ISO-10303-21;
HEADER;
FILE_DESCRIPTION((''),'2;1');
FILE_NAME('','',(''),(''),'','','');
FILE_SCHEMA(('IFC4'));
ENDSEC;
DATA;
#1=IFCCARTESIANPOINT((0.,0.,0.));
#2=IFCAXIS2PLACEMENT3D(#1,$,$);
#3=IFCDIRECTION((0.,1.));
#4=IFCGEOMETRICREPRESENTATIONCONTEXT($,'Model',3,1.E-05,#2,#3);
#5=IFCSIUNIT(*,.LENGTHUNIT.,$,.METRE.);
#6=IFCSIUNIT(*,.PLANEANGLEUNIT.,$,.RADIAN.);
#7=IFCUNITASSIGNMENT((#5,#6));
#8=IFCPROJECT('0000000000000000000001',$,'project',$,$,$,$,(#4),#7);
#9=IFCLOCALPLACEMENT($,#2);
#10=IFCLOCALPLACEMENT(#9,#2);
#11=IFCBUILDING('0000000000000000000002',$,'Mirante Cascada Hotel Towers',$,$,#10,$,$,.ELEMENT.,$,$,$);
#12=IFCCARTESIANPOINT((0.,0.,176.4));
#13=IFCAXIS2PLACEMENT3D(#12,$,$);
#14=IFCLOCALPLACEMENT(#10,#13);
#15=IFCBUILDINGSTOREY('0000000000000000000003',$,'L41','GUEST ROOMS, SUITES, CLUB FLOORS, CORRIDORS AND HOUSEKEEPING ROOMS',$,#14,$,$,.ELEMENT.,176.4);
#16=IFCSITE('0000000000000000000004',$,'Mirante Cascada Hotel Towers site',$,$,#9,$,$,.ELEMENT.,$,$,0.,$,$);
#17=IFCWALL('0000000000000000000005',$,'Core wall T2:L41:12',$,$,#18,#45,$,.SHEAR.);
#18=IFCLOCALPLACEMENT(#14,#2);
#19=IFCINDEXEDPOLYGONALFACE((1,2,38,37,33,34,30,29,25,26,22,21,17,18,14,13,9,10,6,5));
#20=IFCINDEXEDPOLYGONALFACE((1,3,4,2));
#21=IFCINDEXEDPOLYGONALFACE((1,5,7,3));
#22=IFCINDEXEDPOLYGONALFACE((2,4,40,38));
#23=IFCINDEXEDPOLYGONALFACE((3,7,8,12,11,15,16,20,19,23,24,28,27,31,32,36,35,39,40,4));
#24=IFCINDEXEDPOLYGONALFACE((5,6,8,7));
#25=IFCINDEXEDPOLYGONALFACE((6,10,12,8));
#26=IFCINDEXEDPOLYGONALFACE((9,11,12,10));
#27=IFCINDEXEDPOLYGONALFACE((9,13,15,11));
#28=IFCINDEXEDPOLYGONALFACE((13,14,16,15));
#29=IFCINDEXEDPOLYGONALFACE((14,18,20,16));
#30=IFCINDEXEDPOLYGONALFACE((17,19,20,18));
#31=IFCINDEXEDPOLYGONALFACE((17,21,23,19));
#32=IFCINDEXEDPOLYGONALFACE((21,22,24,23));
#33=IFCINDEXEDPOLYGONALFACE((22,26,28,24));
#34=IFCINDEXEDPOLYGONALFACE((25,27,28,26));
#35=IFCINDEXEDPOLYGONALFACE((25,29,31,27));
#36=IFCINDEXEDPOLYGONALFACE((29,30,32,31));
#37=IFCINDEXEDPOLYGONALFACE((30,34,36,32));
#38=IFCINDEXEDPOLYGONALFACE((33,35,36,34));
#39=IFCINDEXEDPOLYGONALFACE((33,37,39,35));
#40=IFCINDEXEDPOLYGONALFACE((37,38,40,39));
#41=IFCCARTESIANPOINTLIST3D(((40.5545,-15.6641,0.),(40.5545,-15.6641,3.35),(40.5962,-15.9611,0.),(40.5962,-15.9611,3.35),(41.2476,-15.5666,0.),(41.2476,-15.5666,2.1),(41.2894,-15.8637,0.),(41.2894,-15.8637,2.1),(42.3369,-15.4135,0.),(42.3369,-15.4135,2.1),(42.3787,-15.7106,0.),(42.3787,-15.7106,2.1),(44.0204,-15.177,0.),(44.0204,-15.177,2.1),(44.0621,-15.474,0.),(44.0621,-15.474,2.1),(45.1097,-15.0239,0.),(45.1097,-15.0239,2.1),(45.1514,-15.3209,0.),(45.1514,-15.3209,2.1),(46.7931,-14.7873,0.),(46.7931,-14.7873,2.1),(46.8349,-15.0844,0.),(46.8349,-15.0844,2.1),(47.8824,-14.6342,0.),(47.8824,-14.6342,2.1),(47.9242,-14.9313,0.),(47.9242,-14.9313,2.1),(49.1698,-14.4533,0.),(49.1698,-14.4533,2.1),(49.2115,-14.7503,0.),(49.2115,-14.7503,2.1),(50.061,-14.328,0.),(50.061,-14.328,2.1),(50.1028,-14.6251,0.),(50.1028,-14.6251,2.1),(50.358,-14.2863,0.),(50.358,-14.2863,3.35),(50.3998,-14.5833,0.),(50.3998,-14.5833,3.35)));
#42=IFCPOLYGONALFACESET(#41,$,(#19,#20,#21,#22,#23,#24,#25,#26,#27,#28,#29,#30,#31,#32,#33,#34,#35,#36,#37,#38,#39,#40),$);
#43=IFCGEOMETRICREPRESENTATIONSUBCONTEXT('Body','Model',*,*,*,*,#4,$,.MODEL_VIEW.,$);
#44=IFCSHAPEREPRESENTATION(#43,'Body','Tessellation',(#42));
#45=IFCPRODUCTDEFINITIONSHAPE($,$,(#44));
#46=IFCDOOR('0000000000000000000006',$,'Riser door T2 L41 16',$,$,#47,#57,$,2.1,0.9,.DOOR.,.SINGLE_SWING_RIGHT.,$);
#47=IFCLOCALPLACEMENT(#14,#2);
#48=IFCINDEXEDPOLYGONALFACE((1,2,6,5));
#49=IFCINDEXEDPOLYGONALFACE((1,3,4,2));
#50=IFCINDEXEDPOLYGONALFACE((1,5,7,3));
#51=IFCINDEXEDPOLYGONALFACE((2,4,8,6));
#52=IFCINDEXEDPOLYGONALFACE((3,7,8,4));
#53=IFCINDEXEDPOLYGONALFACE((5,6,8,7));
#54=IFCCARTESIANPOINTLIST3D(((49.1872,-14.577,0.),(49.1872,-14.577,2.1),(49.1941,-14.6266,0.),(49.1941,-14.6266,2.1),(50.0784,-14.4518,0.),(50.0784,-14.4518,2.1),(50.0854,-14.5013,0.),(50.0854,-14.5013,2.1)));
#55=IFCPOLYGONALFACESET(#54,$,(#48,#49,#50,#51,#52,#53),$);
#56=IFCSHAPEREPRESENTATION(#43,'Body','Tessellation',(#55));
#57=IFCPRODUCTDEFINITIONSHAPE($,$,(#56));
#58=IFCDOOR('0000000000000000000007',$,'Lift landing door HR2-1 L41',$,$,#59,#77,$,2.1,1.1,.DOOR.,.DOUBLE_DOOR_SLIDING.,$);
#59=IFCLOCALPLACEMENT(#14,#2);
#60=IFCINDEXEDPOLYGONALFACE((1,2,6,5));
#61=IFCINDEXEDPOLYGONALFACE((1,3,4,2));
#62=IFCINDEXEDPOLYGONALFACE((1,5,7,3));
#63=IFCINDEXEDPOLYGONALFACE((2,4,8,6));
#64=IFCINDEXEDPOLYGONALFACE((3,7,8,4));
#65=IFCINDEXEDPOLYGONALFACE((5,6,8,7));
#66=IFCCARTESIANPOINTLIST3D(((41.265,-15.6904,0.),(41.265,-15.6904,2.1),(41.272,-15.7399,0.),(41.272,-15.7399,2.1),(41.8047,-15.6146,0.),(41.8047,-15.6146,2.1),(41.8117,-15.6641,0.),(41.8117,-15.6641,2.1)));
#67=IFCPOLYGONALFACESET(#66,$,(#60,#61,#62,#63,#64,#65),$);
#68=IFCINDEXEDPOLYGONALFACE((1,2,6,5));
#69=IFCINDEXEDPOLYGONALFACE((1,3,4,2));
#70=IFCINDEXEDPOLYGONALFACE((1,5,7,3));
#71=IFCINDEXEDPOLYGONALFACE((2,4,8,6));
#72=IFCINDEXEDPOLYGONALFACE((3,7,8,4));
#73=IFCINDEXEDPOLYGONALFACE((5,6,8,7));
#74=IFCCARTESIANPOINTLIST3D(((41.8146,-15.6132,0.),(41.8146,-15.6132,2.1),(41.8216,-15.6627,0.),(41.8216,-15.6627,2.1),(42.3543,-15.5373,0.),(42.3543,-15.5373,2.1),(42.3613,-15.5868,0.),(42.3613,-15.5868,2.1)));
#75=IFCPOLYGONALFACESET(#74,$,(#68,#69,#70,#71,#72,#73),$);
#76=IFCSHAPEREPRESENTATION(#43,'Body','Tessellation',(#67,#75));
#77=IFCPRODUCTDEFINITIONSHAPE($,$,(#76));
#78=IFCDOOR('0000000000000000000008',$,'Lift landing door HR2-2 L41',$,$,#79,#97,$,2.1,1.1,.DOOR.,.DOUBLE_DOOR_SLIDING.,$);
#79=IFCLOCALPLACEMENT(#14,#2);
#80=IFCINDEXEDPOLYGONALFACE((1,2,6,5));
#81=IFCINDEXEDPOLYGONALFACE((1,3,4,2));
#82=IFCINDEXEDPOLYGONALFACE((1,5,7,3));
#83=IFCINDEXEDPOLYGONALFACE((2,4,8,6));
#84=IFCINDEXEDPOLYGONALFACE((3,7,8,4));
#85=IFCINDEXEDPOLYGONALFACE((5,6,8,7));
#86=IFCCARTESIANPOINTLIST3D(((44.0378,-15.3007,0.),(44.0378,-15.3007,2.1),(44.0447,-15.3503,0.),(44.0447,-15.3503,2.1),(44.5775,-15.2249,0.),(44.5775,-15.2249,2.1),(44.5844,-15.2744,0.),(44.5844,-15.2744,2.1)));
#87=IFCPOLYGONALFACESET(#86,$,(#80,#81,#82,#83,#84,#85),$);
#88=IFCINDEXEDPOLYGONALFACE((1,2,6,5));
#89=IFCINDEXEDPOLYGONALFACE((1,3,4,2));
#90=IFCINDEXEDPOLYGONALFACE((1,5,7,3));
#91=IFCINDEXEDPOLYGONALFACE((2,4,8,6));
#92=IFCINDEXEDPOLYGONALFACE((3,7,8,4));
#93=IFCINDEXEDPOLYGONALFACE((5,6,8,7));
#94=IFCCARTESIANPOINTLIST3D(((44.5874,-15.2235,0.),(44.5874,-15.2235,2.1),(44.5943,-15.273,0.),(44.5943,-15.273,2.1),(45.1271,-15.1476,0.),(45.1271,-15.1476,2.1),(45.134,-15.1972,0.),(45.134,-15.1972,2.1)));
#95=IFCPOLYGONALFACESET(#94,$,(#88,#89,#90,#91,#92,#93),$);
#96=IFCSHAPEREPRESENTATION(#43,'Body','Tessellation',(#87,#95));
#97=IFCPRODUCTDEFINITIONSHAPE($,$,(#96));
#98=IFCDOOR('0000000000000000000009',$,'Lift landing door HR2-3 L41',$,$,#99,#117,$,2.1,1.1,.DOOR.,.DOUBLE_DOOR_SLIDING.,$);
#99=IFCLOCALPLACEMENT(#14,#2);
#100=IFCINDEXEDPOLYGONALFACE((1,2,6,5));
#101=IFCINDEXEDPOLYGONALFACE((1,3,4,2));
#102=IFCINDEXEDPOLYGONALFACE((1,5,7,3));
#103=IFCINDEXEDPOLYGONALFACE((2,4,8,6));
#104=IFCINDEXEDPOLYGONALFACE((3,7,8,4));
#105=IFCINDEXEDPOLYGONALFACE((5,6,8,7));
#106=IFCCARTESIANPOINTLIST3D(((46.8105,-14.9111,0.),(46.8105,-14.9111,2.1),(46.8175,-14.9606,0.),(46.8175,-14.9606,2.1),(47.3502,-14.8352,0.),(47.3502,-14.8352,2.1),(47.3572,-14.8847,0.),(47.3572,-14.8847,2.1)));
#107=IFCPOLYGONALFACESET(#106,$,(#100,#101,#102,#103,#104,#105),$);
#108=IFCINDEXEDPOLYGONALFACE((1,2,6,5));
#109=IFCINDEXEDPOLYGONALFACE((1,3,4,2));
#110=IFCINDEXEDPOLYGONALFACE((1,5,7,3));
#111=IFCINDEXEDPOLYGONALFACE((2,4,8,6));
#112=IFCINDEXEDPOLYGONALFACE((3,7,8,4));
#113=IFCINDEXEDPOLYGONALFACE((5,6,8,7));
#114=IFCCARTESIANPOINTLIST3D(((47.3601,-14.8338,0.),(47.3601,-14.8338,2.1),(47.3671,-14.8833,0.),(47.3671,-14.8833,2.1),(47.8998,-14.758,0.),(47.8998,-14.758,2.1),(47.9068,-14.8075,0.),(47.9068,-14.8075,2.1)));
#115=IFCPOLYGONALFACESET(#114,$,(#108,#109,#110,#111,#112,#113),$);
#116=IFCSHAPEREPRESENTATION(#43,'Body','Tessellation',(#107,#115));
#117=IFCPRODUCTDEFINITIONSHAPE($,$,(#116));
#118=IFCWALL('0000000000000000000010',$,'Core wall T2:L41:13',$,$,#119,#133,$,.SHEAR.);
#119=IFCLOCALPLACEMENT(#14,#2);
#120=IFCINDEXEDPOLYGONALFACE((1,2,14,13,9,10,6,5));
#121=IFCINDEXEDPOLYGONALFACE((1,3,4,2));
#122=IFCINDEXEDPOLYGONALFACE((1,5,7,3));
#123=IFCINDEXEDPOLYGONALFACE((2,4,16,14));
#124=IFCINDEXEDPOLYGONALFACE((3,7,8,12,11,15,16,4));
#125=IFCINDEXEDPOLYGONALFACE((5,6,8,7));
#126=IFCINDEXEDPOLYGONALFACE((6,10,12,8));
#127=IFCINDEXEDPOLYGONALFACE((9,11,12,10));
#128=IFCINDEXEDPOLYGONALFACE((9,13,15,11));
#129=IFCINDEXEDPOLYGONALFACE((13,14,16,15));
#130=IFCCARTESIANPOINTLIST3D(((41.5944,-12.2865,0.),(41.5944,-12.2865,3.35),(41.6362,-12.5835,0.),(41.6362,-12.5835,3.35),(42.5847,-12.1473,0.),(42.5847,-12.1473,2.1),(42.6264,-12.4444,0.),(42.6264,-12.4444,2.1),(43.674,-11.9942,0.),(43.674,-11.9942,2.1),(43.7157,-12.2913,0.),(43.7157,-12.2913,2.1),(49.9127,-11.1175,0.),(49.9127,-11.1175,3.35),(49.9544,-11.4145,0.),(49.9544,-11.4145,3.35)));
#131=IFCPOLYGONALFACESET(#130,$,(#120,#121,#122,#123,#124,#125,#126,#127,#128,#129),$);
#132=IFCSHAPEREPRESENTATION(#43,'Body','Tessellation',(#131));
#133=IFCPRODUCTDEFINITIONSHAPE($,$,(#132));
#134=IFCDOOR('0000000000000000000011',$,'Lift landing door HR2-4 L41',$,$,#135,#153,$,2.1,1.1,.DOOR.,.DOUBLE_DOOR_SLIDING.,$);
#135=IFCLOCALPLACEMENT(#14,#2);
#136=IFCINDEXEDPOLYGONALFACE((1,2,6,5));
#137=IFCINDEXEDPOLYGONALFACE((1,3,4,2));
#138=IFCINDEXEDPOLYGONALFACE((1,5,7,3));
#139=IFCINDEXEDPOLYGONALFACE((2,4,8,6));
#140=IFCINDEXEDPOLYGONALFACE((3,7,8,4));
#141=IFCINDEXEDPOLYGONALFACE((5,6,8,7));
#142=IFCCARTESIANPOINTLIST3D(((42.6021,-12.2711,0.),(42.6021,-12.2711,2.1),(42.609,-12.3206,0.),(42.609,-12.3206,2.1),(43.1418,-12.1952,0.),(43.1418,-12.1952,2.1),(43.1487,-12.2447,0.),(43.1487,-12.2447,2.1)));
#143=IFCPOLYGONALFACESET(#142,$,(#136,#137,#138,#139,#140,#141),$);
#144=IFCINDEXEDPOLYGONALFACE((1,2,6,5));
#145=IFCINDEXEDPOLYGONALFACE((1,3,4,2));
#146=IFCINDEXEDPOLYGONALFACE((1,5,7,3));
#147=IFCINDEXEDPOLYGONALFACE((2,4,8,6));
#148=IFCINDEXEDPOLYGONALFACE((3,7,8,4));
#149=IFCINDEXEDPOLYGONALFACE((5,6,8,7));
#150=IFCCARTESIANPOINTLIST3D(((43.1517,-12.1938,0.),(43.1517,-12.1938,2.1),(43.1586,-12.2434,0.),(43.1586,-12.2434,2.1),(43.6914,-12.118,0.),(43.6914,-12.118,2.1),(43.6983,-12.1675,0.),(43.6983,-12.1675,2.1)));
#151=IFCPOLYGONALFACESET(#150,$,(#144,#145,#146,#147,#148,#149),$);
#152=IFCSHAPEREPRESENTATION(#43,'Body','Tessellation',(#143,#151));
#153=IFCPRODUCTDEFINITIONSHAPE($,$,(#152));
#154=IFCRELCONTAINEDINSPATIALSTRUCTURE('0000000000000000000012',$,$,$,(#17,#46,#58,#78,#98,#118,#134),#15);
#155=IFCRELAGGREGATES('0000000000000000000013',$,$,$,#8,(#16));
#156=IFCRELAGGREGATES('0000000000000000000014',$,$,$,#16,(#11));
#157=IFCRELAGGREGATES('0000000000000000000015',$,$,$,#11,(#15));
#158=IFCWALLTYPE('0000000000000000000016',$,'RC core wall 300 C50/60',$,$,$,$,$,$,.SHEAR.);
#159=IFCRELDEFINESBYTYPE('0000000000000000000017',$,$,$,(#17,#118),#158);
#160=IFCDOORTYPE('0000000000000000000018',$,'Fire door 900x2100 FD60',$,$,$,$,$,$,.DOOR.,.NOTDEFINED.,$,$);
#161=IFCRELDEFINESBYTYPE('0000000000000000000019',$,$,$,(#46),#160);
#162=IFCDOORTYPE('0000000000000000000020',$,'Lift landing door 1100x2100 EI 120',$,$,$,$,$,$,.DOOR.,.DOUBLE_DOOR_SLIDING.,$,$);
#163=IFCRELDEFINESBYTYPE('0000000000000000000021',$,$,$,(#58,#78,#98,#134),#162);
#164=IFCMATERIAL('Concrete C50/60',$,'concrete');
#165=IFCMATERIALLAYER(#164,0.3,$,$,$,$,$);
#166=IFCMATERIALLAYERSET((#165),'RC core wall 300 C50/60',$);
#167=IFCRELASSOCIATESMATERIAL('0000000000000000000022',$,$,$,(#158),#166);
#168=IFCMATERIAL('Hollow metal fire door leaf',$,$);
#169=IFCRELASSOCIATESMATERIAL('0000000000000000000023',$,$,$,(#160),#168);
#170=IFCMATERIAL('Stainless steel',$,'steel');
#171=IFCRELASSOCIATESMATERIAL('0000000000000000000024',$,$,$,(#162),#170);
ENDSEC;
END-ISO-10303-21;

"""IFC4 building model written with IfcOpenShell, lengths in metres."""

from ifc_helpers import new_model, si_unit, direction, frame, frame_2d, origin, place, context, subcontext, project, spatial, rectangle, extrude, material, layer, layer_set, type_object, element, fill, save


model = new_model("IFC4")

# Units and contexts
model_context = context("Model", 3, precision=1e-05, world=origin(), true_north=direction((0.0, 1.0)))
body_context = subcontext(model_context, "Body", "Model", "MODEL_VIEW")
ifc_project = project(units=[si_unit("LENGTHUNIT", "METRE"), si_unit("PLANEANGLEUNIT", "RADIAN")], contexts=[model_context])

# Site, building, storey
site_placement = place(None, origin())
site = spatial("IfcSite", under=ifc_project, at=site_placement, Name="Mirante Cascada Hotel Towers site", CompositionType="ELEMENT", RefElevation=0.0)
building_placement = place(site_placement, origin())
building = spatial("IfcBuilding", under=site, at=building_placement, Name="Mirante Cascada Hotel Towers", CompositionType="ELEMENT")
storey_placement = place(building_placement, frame((0.0, 0.0, 176.4)))
storey = spatial("IfcBuildingStorey", under=building, at=storey_placement, Name="L41", Description="GUEST ROOMS, SUITES, CLUB FLOORS, CORRIDORS AND HOUSEKEEPING ROOMS", CompositionType="ELEMENT", Elevation=176.4)

# Shared definitions
ifc_material_1 = material(Name="Concrete C50/60", Category="concrete")
ifc_layer_1 = layer(ifc_material_1, 0.3)
ifc_layer_set_1 = layer_set([ifc_layer_1], Name="RC core wall 300 C50/60")
wall_type_1 = type_object("IfcWallType", Name="RC core wall 300 C50/60", PredefinedType="SHEAR", material=ifc_layer_set_1)

# Wall, openings, doors
wall_1_placement = place(storey_placement, frame((40.5753, -15.8126, 0.0), z_axis=(0.0, 0.0, 1.0), x_axis=(0.990268, 0.139173, 0.0)))
wall_1 = element("IfcWall", 1, at=wall_1_placement, inside=storey, type_object=wall_type_1, Name="Core wall T2:L41:12", PredefinedType="SHEAR", context=body_context, shape_type="SweptSolid", body=[
    extrude(rectangle(XDim=9.8999, YDim=0.3, at=frame_2d((4.95, 0.0))), origin(), (0.0, 0.0, 1.0), 3.35),
])
opening_1_placement = place(wall_1_placement, frame((0.7, 0.0, 0.0)))
opening_1 = element("IfcOpeningElement", 2, at=opening_1_placement, cuts=wall_1, PredefinedType="OPENING", context=body_context, shape_type="SweptSolid", body=[
    extrude(rectangle(XDim=1.1, YDim=2.1, at=frame_2d((0.55, 1.05))), frame((0.0, 0.15, 0.0), z_axis=(0.0, -1.0, 0.0), x_axis=(1.0, 0.0, 0.0)), (0.0, 0.0, 1.0), 0.3),
])
opening_2_placement = place(wall_1_placement, frame((3.5, 0.0, 0.0)))
opening_2 = element("IfcOpeningElement", 3, at=opening_2_placement, cuts=wall_1, PredefinedType="OPENING", context=body_context, shape_type="SweptSolid", body=[
    extrude(rectangle(XDim=1.1, YDim=2.1, at=frame_2d((0.55, 1.05))), frame((0.0, 0.15, 0.0), z_axis=(0.0, -1.0, 0.0), x_axis=(1.0, 0.0, 0.0)), (0.0, 0.0, 1.0), 0.3),
])
opening_3_placement = place(wall_1_placement, frame((6.3, 0.0, 0.0)))
opening_3 = element("IfcOpeningElement", 4, at=opening_3_placement, cuts=wall_1, PredefinedType="OPENING", context=body_context, shape_type="SweptSolid", body=[
    extrude(rectangle(XDim=1.1, YDim=2.1, at=frame_2d((0.55, 1.05))), frame((0.0, 0.15, 0.0), z_axis=(0.0, -1.0, 0.0), x_axis=(1.0, 0.0, 0.0)), (0.0, 0.0, 1.0), 0.3),
])
opening_4_placement = place(wall_1_placement, frame((8.7, 0.0, 0.0)))
opening_4 = element("IfcOpeningElement", 5, at=opening_4_placement, cuts=wall_1, PredefinedType="OPENING", context=body_context, shape_type="SweptSolid", body=[
    extrude(rectangle(XDim=0.9, YDim=2.1, at=frame_2d((0.45, 1.05))), frame((0.0, 0.15, 0.0), z_axis=(0.0, -1.0, 0.0), x_axis=(1.0, 0.0, 0.0)), (0.0, 0.0, 1.0), 0.3),
])
ifc_material_2 = material(Name="Hollow metal fire door leaf")
door_type_1 = type_object("IfcDoorType", Name="Fire door 900x2100 FD60", OperationType="NOTDEFINED", PredefinedType="DOOR", material=ifc_material_2)
door_1_placement = place(opening_4_placement, frame((0.9, 0.0, 0.0), z_axis=(0.0, 0.0, 1.0), x_axis=(-1.0, 0.0, 0.0)))
door_1 = element("IfcDoor", 6, at=door_1_placement, inside=storey, type_object=door_type_1, Name="Riser door T2 L41 16", OperationType="SINGLE_SWING_RIGHT", OverallHeight=2.1, OverallWidth=0.9, PredefinedType="DOOR", context=body_context, shape_type="SweptSolid", body=[
    extrude(rectangle(XDim=0.9, YDim=2.1, at=frame_2d((0.45, 1.05))), frame((0.0, 0.025, 0.0), z_axis=(0.0, -1.0, 0.0), x_axis=(1.0, 0.0, 0.0)), (0.0, 0.0, 1.0), 0.05),
])
fill(opening_4, door_1)
ifc_material_3 = material(Name="Stainless steel", Category="steel")
door_type_2 = type_object("IfcDoorType", Name="Lift landing door 1100x2100 EI 120", OperationType="DOUBLE_DOOR_SLIDING", PredefinedType="DOOR", material=ifc_material_3)
door_2_placement = place(opening_1_placement, origin())
door_2 = element("IfcDoor", 7, at=door_2_placement, inside=storey, type_object=door_type_2, Name="Lift landing door HR2-1 L41", OperationType="DOUBLE_DOOR_SLIDING", OverallHeight=2.1, OverallWidth=1.1, PredefinedType="DOOR", context=body_context, shape_type="SweptSolid", body=[
    extrude(rectangle(XDim=0.545, YDim=2.1, at=frame_2d((0.2725, 1.05))), frame((0.0, 0.025, 0.0), z_axis=(0.0, -1.0, 0.0), x_axis=(1.0, 0.0, 0.0)), (0.0, 0.0, 1.0), 0.05),
    extrude(rectangle(XDim=0.545, YDim=2.1, at=frame_2d((0.8275, 1.05))), frame((0.0, 0.025, 0.0), z_axis=(0.0, -1.0, 0.0), x_axis=(1.0, 0.0, 0.0)), (0.0, 0.0, 1.0), 0.05),
])
fill(opening_1, door_2)
door_3_placement = place(opening_2_placement, origin())
door_3 = element("IfcDoor", 8, at=door_3_placement, inside=storey, type_object=door_type_2, Name="Lift landing door HR2-2 L41", OperationType="DOUBLE_DOOR_SLIDING", OverallHeight=2.1, OverallWidth=1.1, PredefinedType="DOOR", context=body_context, shape_type="SweptSolid", body=[
    extrude(rectangle(XDim=0.545, YDim=2.1, at=frame_2d((0.2725, 1.05))), frame((0.0, 0.025, 0.0), z_axis=(0.0, -1.0, 0.0), x_axis=(1.0, 0.0, 0.0)), (0.0, 0.0, 1.0), 0.05),
    extrude(rectangle(XDim=0.545, YDim=2.1, at=frame_2d((0.8275, 1.05))), frame((0.0, 0.025, 0.0), z_axis=(0.0, -1.0, 0.0), x_axis=(1.0, 0.0, 0.0)), (0.0, 0.0, 1.0), 0.05),
])
fill(opening_2, door_3)
door_4_placement = place(opening_3_placement, origin())
door_4 = element("IfcDoor", 9, at=door_4_placement, inside=storey, type_object=door_type_2, Name="Lift landing door HR2-3 L41", OperationType="DOUBLE_DOOR_SLIDING", OverallHeight=2.1, OverallWidth=1.1, PredefinedType="DOOR", context=body_context, shape_type="SweptSolid", body=[
    extrude(rectangle(XDim=0.545, YDim=2.1, at=frame_2d((0.2725, 1.05))), frame((0.0, 0.025, 0.0), z_axis=(0.0, -1.0, 0.0), x_axis=(1.0, 0.0, 0.0)), (0.0, 0.0, 1.0), 0.05),
    extrude(rectangle(XDim=0.545, YDim=2.1, at=frame_2d((0.8275, 1.05))), frame((0.0, 0.025, 0.0), z_axis=(0.0, -1.0, 0.0), x_axis=(1.0, 0.0, 0.0)), (0.0, 0.0, 1.0), 0.05),
])
fill(opening_3, door_4)

# Wall, opening, door
wall_2_placement = place(storey_placement, frame((41.6153, -12.435, 0.0), z_axis=(0.0, 0.0, 1.0), x_axis=(0.990269, 0.139166, 0.0)))
wall_2 = element("IfcWall", 10, at=wall_2_placement, inside=storey, type_object=wall_type_1, Name="Core wall T2:L41:13", PredefinedType="SHEAR", context=body_context, shape_type="SweptSolid", body=[
    extrude(rectangle(XDim=8.4, YDim=0.3, at=frame_2d((4.2, 0.0))), origin(), (0.0, 0.0, 1.0), 3.35),
])
opening_5_placement = place(wall_2_placement, frame((1.0, 0.0, 0.0)))
opening_5 = element("IfcOpeningElement", 11, at=opening_5_placement, cuts=wall_2, PredefinedType="OPENING", context=body_context, shape_type="SweptSolid", body=[
    extrude(rectangle(XDim=1.1, YDim=2.1, at=frame_2d((0.55, 1.05))), frame((0.0, 0.15, 0.0), z_axis=(0.0, -1.0, 0.0), x_axis=(1.0, 0.0, 0.0)), (0.0, 0.0, 1.0), 0.3),
])
door_5_placement = place(opening_5_placement, origin())
door_5 = element("IfcDoor", 12, at=door_5_placement, inside=storey, type_object=door_type_2, Name="Lift landing door HR2-4 L41", OperationType="DOUBLE_DOOR_SLIDING", OverallHeight=2.1, OverallWidth=1.1, PredefinedType="DOOR", context=body_context, shape_type="SweptSolid", body=[
    extrude(rectangle(XDim=0.545, YDim=2.1, at=frame_2d((0.2725, 1.05))), frame((0.0, 0.025, 0.0), z_axis=(0.0, -1.0, 0.0), x_axis=(1.0, 0.0, 0.0)), (0.0, 0.0, 1.0), 0.05),
    extrude(rectangle(XDim=0.545, YDim=2.1, at=frame_2d((0.8275, 1.05))), frame((0.0, 0.025, 0.0), z_axis=(0.0, -1.0, 0.0), x_axis=(1.0, 0.0, 0.0)), (0.0, 0.0, 1.0), 0.05),
])
fill(opening_5, door_5)

save(model, "model.ifc")
